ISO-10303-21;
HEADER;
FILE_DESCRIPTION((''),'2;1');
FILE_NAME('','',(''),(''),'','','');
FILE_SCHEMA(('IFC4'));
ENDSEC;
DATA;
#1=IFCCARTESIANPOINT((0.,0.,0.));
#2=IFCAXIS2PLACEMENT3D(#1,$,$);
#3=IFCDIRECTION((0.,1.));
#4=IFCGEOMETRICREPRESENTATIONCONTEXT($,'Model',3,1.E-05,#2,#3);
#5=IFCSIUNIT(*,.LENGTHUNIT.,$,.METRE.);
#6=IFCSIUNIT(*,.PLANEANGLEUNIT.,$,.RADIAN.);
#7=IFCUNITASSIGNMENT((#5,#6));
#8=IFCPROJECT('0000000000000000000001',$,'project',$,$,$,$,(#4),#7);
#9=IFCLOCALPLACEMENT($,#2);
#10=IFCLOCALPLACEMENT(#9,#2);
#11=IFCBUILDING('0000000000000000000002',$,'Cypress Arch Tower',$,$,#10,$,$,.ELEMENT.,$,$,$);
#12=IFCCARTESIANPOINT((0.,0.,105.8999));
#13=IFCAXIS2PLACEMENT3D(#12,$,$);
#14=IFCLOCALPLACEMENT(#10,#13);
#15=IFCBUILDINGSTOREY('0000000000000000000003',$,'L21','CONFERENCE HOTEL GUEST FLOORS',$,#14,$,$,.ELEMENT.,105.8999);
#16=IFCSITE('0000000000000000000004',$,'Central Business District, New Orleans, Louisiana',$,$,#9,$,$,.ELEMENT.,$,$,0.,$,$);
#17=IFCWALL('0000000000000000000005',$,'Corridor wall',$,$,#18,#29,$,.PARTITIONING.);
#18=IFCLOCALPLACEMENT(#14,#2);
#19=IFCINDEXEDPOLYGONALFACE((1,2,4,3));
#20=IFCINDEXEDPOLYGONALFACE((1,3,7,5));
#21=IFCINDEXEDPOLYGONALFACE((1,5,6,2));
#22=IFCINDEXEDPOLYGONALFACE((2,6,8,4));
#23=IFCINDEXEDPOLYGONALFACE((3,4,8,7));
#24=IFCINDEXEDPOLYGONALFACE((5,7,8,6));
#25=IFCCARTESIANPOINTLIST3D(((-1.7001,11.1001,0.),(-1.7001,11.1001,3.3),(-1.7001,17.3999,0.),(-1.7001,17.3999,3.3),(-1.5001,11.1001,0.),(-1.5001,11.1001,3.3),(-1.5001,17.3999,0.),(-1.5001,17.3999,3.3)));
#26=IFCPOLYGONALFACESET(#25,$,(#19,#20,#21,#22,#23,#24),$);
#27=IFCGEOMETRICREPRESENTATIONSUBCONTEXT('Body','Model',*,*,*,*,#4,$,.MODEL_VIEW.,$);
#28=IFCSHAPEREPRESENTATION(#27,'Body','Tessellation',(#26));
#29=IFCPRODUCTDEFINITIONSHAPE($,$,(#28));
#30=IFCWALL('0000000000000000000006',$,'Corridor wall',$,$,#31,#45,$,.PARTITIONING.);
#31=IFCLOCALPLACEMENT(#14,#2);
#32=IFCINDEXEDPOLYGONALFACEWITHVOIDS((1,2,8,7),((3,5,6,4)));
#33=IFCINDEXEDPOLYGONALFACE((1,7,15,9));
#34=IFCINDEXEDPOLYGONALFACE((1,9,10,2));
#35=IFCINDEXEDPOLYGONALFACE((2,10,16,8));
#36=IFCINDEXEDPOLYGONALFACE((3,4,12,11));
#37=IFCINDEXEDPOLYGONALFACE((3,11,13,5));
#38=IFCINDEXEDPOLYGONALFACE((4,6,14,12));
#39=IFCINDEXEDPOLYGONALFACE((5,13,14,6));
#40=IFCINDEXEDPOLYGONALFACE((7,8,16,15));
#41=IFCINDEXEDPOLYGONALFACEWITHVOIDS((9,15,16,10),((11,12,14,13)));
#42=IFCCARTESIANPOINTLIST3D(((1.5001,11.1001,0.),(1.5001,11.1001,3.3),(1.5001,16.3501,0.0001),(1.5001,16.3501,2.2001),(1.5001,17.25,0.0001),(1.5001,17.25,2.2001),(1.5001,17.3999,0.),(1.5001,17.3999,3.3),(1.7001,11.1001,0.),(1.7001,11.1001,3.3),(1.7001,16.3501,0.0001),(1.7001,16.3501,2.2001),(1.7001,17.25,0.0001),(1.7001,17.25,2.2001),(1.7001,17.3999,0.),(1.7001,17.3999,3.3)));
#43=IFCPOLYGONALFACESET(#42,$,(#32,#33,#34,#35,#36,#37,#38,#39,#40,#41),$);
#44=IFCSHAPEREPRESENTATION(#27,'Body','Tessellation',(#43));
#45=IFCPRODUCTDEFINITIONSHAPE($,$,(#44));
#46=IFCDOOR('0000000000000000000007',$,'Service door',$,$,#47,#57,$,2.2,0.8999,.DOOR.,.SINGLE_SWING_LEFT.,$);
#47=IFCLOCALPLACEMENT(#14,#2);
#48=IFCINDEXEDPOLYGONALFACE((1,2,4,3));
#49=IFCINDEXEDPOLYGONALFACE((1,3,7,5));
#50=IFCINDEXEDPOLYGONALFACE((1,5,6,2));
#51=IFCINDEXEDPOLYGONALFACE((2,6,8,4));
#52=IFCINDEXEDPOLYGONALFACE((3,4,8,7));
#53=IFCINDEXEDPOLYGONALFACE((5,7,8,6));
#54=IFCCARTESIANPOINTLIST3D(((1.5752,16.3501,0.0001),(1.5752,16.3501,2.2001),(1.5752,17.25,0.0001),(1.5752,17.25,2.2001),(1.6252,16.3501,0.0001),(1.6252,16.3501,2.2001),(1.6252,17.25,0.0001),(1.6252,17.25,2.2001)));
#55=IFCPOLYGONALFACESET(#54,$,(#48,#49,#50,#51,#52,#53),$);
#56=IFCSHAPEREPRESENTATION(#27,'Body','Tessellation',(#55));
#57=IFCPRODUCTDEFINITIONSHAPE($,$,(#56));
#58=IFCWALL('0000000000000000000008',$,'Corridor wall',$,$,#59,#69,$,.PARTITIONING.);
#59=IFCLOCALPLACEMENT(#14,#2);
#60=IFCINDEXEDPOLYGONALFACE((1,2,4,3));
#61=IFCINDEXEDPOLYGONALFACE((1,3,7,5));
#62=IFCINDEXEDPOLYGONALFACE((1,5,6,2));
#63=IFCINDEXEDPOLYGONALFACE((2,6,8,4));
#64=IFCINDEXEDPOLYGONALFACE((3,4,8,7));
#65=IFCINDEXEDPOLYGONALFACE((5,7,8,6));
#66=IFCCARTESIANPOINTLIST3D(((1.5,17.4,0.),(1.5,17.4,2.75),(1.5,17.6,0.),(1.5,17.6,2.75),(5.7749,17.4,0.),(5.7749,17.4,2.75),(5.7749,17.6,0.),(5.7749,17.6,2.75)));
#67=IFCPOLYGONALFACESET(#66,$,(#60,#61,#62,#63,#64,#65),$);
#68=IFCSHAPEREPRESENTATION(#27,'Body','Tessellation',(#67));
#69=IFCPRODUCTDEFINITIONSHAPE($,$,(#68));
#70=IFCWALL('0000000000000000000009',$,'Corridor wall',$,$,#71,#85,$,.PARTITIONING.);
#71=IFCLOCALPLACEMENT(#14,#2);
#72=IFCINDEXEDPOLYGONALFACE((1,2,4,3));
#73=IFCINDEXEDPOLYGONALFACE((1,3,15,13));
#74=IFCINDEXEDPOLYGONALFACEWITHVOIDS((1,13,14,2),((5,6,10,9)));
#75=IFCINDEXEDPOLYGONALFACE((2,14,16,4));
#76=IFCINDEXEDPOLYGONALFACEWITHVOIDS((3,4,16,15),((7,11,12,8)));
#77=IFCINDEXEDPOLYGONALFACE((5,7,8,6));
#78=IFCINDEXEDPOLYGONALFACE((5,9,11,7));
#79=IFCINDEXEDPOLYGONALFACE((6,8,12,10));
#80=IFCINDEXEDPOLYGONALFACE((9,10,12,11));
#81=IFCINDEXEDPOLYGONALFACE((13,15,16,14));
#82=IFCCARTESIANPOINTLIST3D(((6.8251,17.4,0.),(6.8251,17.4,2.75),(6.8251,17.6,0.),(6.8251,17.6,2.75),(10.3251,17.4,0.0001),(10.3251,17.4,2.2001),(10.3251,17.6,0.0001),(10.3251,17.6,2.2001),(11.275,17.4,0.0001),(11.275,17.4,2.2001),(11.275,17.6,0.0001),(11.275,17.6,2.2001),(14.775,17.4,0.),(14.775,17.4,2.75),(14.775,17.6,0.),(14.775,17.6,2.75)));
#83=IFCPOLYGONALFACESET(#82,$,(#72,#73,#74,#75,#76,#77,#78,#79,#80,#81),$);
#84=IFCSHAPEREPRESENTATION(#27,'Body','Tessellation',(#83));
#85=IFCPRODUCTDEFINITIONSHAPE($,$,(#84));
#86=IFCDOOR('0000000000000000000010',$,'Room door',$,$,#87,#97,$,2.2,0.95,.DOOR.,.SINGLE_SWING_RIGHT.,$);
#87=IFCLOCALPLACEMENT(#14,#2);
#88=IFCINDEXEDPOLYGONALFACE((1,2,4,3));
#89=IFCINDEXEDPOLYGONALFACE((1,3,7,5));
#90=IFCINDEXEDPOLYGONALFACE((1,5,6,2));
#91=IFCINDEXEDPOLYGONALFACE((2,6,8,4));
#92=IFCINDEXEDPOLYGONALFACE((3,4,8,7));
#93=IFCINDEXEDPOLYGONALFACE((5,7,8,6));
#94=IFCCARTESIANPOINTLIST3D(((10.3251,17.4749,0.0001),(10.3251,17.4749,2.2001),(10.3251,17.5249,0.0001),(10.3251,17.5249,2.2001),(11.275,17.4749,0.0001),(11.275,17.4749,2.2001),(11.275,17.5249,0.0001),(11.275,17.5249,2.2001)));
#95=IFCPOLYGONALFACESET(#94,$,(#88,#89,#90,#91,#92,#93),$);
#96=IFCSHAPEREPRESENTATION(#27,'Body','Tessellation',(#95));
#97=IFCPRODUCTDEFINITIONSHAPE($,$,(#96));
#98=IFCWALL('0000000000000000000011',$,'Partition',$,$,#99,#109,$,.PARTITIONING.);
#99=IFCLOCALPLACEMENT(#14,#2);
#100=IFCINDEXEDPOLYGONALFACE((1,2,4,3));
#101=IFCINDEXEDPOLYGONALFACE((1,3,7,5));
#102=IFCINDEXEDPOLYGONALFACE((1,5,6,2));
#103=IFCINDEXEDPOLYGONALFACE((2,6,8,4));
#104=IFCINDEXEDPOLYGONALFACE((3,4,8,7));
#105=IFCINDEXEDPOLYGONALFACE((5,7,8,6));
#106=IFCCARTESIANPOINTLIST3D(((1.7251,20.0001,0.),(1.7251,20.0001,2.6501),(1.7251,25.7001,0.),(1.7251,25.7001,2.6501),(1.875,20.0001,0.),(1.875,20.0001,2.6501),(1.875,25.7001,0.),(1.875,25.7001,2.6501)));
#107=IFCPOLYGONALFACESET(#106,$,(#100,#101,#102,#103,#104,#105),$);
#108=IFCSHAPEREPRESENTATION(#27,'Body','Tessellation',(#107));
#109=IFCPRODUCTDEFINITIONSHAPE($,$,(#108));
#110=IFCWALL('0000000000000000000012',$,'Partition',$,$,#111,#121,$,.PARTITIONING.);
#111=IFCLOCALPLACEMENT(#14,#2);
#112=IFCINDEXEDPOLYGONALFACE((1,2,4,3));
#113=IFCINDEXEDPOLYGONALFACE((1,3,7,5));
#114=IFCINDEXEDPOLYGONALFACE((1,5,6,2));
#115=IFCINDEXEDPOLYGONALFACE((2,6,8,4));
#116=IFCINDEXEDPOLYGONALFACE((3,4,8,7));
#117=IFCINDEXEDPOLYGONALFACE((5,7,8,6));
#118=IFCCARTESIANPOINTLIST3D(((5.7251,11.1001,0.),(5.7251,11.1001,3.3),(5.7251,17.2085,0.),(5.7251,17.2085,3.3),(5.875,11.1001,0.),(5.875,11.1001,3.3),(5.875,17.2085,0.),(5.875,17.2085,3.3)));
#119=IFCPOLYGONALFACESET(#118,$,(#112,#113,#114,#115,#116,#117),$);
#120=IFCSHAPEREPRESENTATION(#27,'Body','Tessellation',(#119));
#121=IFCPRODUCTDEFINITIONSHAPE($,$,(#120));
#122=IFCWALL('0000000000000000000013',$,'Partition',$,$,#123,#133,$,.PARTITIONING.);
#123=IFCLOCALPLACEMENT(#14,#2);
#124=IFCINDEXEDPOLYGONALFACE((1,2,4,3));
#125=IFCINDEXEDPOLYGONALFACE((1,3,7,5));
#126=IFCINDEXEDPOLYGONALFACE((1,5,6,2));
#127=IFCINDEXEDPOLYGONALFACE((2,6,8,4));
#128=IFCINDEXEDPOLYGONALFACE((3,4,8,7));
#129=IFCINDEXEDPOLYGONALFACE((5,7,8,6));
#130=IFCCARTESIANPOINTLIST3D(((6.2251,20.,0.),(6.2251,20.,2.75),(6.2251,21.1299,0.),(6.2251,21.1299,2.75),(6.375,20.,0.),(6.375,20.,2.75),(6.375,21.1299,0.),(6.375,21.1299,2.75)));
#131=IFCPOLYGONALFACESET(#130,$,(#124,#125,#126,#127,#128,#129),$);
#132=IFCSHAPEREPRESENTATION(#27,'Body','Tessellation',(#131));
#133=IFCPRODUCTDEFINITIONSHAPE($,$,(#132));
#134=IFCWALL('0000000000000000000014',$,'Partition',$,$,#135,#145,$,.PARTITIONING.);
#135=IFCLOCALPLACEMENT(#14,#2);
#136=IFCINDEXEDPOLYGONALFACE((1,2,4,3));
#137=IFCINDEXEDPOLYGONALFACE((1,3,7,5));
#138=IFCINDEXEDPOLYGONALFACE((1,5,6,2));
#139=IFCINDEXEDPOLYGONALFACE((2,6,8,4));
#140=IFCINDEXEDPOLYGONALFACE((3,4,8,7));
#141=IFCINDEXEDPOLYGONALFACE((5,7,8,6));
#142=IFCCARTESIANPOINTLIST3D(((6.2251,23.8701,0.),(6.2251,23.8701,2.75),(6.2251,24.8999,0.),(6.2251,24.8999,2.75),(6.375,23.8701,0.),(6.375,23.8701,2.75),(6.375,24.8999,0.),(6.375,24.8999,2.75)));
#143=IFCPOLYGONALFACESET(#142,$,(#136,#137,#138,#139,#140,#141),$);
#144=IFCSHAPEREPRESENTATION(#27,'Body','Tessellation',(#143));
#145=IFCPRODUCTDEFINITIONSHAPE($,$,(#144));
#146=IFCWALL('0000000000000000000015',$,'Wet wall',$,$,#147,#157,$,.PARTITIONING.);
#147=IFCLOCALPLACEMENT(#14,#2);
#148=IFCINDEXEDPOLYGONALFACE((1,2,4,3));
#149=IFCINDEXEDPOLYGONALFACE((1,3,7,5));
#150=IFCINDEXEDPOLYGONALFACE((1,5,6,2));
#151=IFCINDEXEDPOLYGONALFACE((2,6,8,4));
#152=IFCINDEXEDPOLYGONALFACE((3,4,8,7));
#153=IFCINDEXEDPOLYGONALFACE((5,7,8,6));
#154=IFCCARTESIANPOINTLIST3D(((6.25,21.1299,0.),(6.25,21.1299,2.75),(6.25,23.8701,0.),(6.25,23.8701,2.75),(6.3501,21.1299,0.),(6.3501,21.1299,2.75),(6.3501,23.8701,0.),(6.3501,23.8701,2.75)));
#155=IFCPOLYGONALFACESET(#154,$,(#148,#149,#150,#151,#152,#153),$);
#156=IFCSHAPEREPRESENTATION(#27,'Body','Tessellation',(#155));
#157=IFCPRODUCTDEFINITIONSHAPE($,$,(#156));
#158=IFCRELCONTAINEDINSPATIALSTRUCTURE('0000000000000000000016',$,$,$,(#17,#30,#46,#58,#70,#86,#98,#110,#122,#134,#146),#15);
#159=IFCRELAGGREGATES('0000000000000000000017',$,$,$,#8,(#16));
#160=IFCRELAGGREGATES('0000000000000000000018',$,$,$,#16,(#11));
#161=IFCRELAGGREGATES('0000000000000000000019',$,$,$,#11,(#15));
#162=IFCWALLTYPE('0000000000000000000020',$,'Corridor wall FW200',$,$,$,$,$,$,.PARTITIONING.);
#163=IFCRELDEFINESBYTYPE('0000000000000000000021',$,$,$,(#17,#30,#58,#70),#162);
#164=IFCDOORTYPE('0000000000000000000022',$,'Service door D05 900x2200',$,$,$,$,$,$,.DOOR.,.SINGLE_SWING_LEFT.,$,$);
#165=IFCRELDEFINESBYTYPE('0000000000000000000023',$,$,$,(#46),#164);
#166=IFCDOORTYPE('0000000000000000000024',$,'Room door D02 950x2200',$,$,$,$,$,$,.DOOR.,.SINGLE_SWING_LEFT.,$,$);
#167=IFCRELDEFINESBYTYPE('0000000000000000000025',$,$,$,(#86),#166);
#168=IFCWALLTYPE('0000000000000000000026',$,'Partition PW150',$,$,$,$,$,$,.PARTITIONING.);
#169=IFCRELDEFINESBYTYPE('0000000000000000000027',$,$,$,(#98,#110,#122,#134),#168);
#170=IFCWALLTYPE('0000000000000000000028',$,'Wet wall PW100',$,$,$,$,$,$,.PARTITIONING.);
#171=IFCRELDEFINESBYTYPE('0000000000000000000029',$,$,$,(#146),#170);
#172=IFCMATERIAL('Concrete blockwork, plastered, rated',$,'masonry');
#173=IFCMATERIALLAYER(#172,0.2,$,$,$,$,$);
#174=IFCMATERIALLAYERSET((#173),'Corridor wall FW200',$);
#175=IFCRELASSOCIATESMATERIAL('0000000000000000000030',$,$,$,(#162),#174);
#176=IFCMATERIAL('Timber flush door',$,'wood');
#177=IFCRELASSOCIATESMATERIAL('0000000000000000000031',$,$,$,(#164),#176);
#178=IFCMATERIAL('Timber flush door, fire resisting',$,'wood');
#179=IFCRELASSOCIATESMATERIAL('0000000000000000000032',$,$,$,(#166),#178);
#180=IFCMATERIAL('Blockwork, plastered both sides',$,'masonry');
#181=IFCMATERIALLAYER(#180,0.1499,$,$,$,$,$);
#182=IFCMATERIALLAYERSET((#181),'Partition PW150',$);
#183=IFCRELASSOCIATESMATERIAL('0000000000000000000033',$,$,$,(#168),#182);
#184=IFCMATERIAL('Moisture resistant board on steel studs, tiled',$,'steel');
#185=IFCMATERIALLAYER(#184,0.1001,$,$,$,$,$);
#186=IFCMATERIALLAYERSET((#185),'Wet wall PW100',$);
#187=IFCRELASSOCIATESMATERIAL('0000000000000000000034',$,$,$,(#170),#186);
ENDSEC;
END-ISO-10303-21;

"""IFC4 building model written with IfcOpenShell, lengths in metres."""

from ifc_helpers import new_model, si_unit, direction, frame, frame_2d, origin, place, context, subcontext, project, spatial, rectangle, extrude, material, layer, layer_set, type_object, element, fill, save


model = new_model("IFC4")

# Units and contexts
model_context = context("Model", 3, precision=1e-05, world=origin(), true_north=direction((0.0, 1.0)))
body_context = subcontext(model_context, "Body", "Model", "MODEL_VIEW")
ifc_project = project(units=[si_unit("LENGTHUNIT", "METRE"), si_unit("PLANEANGLEUNIT", "RADIAN")], contexts=[model_context])

# Site, building, storey
site_placement = place(None, origin())
site = spatial("IfcSite", under=ifc_project, at=site_placement, Name="Central Business District, New Orleans, Louisiana", CompositionType="ELEMENT", RefElevation=0.0)
building_placement = place(site_placement, origin())
building = spatial("IfcBuilding", under=site, at=building_placement, Name="Cypress Arch Tower", CompositionType="ELEMENT")
storey_placement = place(building_placement, frame((0.0, 0.0, 105.8999)))
storey = spatial("IfcBuildingStorey", under=building, at=storey_placement, Name="L21", Description="CONFERENCE HOTEL GUEST FLOORS", CompositionType="ELEMENT", Elevation=105.8999)

# Wall
ifc_material_1 = material(Name="Concrete blockwork, plastered, rated", Category="masonry")
ifc_layer_1 = layer(ifc_material_1, 0.2)
ifc_layer_set_1 = layer_set([ifc_layer_1], Name="Corridor wall FW200")
wall_type_1 = type_object("IfcWallType", Name="Corridor wall FW200", PredefinedType="PARTITIONING", material=ifc_layer_set_1)
wall_1_placement = place(storey_placement, frame((-1.6001, 11.1001, 0.0), z_axis=(0.0, 0.0, 1.0), x_axis=(0.0, 1.0, 0.0)))
element("IfcWall", 1, at=wall_1_placement, inside=storey, type_object=wall_type_1, Name="Corridor wall", PredefinedType="PARTITIONING", context=body_context, shape_type="SweptSolid", body=[
    extrude(rectangle(XDim=6.2998, YDim=0.2, at=frame_2d((3.1499, 0.0))), origin(), (0.0, 0.0, 1.0), 3.3),
])

# Wall, opening, door
wall_2_placement = place(storey_placement, frame((1.6001, 11.1001, 0.0), z_axis=(0.0, 0.0, 1.0), x_axis=(0.0, 1.0, 0.0)))
wall_2 = element("IfcWall", 2, at=wall_2_placement, inside=storey, type_object=wall_type_1, Name="Corridor wall", PredefinedType="PARTITIONING", context=body_context, shape_type="SweptSolid", body=[
    extrude(rectangle(XDim=6.2998, YDim=0.2, at=frame_2d((3.1499, 0.0))), origin(), (0.0, 0.0, 1.0), 3.3),
])
opening_1_placement = place(wall_2_placement, frame((5.25, 0.0, 0.0)))
opening_1 = element("IfcOpeningElement", 3, at=opening_1_placement, cuts=wall_2, PredefinedType="OPENING", context=body_context, shape_type="SweptSolid", body=[
    extrude(rectangle(XDim=0.8999, YDim=2.2, at=frame_2d((0.45, 1.1001))), frame((0.0, 0.1099, 0.0), z_axis=(0.0, -1.0, 0.0), x_axis=(1.0, 0.0, 0.0)), (0.0, 0.0, 1.0), 0.22),
])
ifc_material_2 = material(Name="Timber flush door", Category="wood")
door_type_1 = type_object("IfcDoorType", Name="Service door D05 900x2200", OperationType="SINGLE_SWING_LEFT", PredefinedType="DOOR", material=ifc_material_2)
door_1_placement = place(opening_1_placement, origin())
door_1 = element("IfcDoor", 4, at=door_1_placement, inside=storey, type_object=door_type_1, Name="Service door", OperationType="SINGLE_SWING_LEFT", OverallHeight=2.2, OverallWidth=0.8999, PredefinedType="DOOR", context=body_context, shape_type="SweptSolid", body=[
    extrude(rectangle(XDim=0.8999, YDim=2.2, at=frame_2d((0.45, 1.1001))), frame((0.0, 0.0249, 0.0), z_axis=(0.0, -1.0, 0.0), x_axis=(1.0, 0.0, 0.0)), (0.0, 0.0, 1.0), 0.05),
])
fill(opening_1, door_1)

# Wall
wall_3_placement = place(storey_placement, frame((1.5, 17.5, 0.0), z_axis=(0.0, 0.0, 1.0), x_axis=(1.0, 0.0, 0.0)))
element("IfcWall", 5, at=wall_3_placement, inside=storey, type_object=wall_type_1, Name="Corridor wall", PredefinedType="PARTITIONING", context=body_context, shape_type="SweptSolid", body=[
    extrude(rectangle(XDim=4.2749, YDim=0.2, at=frame_2d((2.1375, 0.0))), origin(), (0.0, 0.0, 1.0), 2.75),
])

# Wall, opening, door
wall_4_placement = place(storey_placement, frame((6.825, 17.5, 0.0), z_axis=(0.0, 0.0, 1.0), x_axis=(1.0, 0.0, 0.0)))
wall_4 = element("IfcWall", 6, at=wall_4_placement, inside=storey, type_object=wall_type_1, Name="Corridor wall", PredefinedType="PARTITIONING", context=body_context, shape_type="SweptSolid", body=[
    extrude(rectangle(XDim=7.95, YDim=0.2, at=frame_2d((3.9751, 0.0))), origin(), (0.0, 0.0, 1.0), 2.75),
])
opening_2_placement = place(wall_4_placement, frame((3.5, 0.0, 0.0)))
opening_2 = element("IfcOpeningElement", 7, at=opening_2_placement, cuts=wall_4, PredefinedType="OPENING", context=body_context, shape_type="SweptSolid", body=[
    extrude(rectangle(XDim=0.95, YDim=2.2, at=frame_2d((0.4751, 1.1001))), frame((0.0, 0.1099, 0.0), z_axis=(0.0, -1.0, 0.0), x_axis=(1.0, 0.0, 0.0)), (0.0, 0.0, 1.0), 0.22),
])
ifc_material_3 = material(Name="Timber flush door, fire resisting", Category="wood")
door_type_2 = type_object("IfcDoorType", Name="Room door D02 950x2200", OperationType="SINGLE_SWING_LEFT", PredefinedType="DOOR", material=ifc_material_3)
door_2_placement = place(opening_2_placement, origin())
door_2 = element("IfcDoor", 8, at=door_2_placement, inside=storey, type_object=door_type_2, Name="Room door", OperationType="SINGLE_SWING_RIGHT", OverallHeight=2.2, OverallWidth=0.95, PredefinedType="DOOR", context=body_context, shape_type="SweptSolid", body=[
    extrude(rectangle(XDim=0.95, YDim=2.2, at=frame_2d((0.4751, 1.1001))), frame((0.0, 0.0249, 0.0), z_axis=(0.0, -1.0, 0.0), x_axis=(1.0, 0.0, 0.0)), (0.0, 0.0, 1.0), 0.05),
])
fill(opening_2, door_2)

# Walls
ifc_material_4 = material(Name="Blockwork, plastered both sides", Category="masonry")
ifc_layer_2 = layer(ifc_material_4, 0.1499)
ifc_layer_set_2 = layer_set([ifc_layer_2], Name="Partition PW150")
wall_type_2 = type_object("IfcWallType", Name="Partition PW150", PredefinedType="PARTITIONING", material=ifc_layer_set_2)
wall_5_placement = place(storey_placement, frame((1.8, 20.0, 0.0), z_axis=(0.0, 0.0, 1.0), x_axis=(0.0, 1.0, 0.0)))
element("IfcWall", 9, at=wall_5_placement, inside=storey, type_object=wall_type_2, Name="Partition", PredefinedType="PARTITIONING", context=body_context, shape_type="SweptSolid", body=[
    extrude(rectangle(XDim=5.7, YDim=0.1499, at=frame_2d((2.8501, 0.0))), origin(), (0.0, 0.0, 1.0), 2.6501),
])
wall_6_placement = place(storey_placement, frame((5.8, 11.1001, 0.0), z_axis=(0.0, 0.0, 1.0), x_axis=(0.0, 1.0, 0.0)))
element("IfcWall", 10, at=wall_6_placement, inside=storey, type_object=wall_type_2, Name="Partition", PredefinedType="PARTITIONING", context=body_context, shape_type="SweptSolid", body=[
    extrude(rectangle(XDim=6.1084, YDim=0.1499, at=frame_2d((3.0542, 0.0))), origin(), (0.0, 0.0, 1.0), 3.3),
])
wall_7_placement = place(storey_placement, frame((6.3, 20.0, 0.0), z_axis=(0.0, 0.0, 1.0), x_axis=(0.0, 1.0, 0.0)))
element("IfcWall", 11, at=wall_7_placement, inside=storey, type_object=wall_type_2, Name="Partition", PredefinedType="PARTITIONING", context=body_context, shape_type="SweptSolid", body=[
    extrude(rectangle(XDim=1.1299, YDim=0.1499, at=frame_2d((0.5649, 0.0))), origin(), (0.0, 0.0, 1.0), 2.75),
])
wall_8_placement = place(storey_placement, frame((6.3, 23.8701, 0.0), z_axis=(0.0, 0.0, 1.0), x_axis=(0.0, 1.0, 0.0)))
element("IfcWall", 12, at=wall_8_placement, inside=storey, type_object=wall_type_2, Name="Partition", PredefinedType="PARTITIONING", context=body_context, shape_type="SweptSolid", body=[
    extrude(rectangle(XDim=1.0298, YDim=0.1499, at=frame_2d((0.5149, 0.0))), origin(), (0.0, 0.0, 1.0), 2.75),
])
ifc_material_5 = material(Name="Moisture resistant board on steel studs, tiled", Category="steel")
ifc_layer_3 = layer(ifc_material_5, 0.1001)
ifc_layer_set_3 = layer_set([ifc_layer_3], Name="Wet wall PW100")
wall_type_3 = type_object("IfcWallType", Name="Wet wall PW100", PredefinedType="PARTITIONING", material=ifc_layer_set_3)
wall_9_placement = place(storey_placement, frame((6.3, 21.1299, 0.0), z_axis=(0.0, 0.0, 1.0), x_axis=(0.0, 1.0, 0.0)))
element("IfcWall", 13, at=wall_9_placement, inside=storey, type_object=wall_type_3, Name="Wet wall", PredefinedType="PARTITIONING", context=body_context, shape_type="SweptSolid", body=[
    extrude(rectangle(XDim=2.7402, YDim=0.1001, at=frame_2d((1.3701, 0.0))), origin(), (0.0, 0.0, 1.0), 2.75),
])

save(model, "model.ifc")
